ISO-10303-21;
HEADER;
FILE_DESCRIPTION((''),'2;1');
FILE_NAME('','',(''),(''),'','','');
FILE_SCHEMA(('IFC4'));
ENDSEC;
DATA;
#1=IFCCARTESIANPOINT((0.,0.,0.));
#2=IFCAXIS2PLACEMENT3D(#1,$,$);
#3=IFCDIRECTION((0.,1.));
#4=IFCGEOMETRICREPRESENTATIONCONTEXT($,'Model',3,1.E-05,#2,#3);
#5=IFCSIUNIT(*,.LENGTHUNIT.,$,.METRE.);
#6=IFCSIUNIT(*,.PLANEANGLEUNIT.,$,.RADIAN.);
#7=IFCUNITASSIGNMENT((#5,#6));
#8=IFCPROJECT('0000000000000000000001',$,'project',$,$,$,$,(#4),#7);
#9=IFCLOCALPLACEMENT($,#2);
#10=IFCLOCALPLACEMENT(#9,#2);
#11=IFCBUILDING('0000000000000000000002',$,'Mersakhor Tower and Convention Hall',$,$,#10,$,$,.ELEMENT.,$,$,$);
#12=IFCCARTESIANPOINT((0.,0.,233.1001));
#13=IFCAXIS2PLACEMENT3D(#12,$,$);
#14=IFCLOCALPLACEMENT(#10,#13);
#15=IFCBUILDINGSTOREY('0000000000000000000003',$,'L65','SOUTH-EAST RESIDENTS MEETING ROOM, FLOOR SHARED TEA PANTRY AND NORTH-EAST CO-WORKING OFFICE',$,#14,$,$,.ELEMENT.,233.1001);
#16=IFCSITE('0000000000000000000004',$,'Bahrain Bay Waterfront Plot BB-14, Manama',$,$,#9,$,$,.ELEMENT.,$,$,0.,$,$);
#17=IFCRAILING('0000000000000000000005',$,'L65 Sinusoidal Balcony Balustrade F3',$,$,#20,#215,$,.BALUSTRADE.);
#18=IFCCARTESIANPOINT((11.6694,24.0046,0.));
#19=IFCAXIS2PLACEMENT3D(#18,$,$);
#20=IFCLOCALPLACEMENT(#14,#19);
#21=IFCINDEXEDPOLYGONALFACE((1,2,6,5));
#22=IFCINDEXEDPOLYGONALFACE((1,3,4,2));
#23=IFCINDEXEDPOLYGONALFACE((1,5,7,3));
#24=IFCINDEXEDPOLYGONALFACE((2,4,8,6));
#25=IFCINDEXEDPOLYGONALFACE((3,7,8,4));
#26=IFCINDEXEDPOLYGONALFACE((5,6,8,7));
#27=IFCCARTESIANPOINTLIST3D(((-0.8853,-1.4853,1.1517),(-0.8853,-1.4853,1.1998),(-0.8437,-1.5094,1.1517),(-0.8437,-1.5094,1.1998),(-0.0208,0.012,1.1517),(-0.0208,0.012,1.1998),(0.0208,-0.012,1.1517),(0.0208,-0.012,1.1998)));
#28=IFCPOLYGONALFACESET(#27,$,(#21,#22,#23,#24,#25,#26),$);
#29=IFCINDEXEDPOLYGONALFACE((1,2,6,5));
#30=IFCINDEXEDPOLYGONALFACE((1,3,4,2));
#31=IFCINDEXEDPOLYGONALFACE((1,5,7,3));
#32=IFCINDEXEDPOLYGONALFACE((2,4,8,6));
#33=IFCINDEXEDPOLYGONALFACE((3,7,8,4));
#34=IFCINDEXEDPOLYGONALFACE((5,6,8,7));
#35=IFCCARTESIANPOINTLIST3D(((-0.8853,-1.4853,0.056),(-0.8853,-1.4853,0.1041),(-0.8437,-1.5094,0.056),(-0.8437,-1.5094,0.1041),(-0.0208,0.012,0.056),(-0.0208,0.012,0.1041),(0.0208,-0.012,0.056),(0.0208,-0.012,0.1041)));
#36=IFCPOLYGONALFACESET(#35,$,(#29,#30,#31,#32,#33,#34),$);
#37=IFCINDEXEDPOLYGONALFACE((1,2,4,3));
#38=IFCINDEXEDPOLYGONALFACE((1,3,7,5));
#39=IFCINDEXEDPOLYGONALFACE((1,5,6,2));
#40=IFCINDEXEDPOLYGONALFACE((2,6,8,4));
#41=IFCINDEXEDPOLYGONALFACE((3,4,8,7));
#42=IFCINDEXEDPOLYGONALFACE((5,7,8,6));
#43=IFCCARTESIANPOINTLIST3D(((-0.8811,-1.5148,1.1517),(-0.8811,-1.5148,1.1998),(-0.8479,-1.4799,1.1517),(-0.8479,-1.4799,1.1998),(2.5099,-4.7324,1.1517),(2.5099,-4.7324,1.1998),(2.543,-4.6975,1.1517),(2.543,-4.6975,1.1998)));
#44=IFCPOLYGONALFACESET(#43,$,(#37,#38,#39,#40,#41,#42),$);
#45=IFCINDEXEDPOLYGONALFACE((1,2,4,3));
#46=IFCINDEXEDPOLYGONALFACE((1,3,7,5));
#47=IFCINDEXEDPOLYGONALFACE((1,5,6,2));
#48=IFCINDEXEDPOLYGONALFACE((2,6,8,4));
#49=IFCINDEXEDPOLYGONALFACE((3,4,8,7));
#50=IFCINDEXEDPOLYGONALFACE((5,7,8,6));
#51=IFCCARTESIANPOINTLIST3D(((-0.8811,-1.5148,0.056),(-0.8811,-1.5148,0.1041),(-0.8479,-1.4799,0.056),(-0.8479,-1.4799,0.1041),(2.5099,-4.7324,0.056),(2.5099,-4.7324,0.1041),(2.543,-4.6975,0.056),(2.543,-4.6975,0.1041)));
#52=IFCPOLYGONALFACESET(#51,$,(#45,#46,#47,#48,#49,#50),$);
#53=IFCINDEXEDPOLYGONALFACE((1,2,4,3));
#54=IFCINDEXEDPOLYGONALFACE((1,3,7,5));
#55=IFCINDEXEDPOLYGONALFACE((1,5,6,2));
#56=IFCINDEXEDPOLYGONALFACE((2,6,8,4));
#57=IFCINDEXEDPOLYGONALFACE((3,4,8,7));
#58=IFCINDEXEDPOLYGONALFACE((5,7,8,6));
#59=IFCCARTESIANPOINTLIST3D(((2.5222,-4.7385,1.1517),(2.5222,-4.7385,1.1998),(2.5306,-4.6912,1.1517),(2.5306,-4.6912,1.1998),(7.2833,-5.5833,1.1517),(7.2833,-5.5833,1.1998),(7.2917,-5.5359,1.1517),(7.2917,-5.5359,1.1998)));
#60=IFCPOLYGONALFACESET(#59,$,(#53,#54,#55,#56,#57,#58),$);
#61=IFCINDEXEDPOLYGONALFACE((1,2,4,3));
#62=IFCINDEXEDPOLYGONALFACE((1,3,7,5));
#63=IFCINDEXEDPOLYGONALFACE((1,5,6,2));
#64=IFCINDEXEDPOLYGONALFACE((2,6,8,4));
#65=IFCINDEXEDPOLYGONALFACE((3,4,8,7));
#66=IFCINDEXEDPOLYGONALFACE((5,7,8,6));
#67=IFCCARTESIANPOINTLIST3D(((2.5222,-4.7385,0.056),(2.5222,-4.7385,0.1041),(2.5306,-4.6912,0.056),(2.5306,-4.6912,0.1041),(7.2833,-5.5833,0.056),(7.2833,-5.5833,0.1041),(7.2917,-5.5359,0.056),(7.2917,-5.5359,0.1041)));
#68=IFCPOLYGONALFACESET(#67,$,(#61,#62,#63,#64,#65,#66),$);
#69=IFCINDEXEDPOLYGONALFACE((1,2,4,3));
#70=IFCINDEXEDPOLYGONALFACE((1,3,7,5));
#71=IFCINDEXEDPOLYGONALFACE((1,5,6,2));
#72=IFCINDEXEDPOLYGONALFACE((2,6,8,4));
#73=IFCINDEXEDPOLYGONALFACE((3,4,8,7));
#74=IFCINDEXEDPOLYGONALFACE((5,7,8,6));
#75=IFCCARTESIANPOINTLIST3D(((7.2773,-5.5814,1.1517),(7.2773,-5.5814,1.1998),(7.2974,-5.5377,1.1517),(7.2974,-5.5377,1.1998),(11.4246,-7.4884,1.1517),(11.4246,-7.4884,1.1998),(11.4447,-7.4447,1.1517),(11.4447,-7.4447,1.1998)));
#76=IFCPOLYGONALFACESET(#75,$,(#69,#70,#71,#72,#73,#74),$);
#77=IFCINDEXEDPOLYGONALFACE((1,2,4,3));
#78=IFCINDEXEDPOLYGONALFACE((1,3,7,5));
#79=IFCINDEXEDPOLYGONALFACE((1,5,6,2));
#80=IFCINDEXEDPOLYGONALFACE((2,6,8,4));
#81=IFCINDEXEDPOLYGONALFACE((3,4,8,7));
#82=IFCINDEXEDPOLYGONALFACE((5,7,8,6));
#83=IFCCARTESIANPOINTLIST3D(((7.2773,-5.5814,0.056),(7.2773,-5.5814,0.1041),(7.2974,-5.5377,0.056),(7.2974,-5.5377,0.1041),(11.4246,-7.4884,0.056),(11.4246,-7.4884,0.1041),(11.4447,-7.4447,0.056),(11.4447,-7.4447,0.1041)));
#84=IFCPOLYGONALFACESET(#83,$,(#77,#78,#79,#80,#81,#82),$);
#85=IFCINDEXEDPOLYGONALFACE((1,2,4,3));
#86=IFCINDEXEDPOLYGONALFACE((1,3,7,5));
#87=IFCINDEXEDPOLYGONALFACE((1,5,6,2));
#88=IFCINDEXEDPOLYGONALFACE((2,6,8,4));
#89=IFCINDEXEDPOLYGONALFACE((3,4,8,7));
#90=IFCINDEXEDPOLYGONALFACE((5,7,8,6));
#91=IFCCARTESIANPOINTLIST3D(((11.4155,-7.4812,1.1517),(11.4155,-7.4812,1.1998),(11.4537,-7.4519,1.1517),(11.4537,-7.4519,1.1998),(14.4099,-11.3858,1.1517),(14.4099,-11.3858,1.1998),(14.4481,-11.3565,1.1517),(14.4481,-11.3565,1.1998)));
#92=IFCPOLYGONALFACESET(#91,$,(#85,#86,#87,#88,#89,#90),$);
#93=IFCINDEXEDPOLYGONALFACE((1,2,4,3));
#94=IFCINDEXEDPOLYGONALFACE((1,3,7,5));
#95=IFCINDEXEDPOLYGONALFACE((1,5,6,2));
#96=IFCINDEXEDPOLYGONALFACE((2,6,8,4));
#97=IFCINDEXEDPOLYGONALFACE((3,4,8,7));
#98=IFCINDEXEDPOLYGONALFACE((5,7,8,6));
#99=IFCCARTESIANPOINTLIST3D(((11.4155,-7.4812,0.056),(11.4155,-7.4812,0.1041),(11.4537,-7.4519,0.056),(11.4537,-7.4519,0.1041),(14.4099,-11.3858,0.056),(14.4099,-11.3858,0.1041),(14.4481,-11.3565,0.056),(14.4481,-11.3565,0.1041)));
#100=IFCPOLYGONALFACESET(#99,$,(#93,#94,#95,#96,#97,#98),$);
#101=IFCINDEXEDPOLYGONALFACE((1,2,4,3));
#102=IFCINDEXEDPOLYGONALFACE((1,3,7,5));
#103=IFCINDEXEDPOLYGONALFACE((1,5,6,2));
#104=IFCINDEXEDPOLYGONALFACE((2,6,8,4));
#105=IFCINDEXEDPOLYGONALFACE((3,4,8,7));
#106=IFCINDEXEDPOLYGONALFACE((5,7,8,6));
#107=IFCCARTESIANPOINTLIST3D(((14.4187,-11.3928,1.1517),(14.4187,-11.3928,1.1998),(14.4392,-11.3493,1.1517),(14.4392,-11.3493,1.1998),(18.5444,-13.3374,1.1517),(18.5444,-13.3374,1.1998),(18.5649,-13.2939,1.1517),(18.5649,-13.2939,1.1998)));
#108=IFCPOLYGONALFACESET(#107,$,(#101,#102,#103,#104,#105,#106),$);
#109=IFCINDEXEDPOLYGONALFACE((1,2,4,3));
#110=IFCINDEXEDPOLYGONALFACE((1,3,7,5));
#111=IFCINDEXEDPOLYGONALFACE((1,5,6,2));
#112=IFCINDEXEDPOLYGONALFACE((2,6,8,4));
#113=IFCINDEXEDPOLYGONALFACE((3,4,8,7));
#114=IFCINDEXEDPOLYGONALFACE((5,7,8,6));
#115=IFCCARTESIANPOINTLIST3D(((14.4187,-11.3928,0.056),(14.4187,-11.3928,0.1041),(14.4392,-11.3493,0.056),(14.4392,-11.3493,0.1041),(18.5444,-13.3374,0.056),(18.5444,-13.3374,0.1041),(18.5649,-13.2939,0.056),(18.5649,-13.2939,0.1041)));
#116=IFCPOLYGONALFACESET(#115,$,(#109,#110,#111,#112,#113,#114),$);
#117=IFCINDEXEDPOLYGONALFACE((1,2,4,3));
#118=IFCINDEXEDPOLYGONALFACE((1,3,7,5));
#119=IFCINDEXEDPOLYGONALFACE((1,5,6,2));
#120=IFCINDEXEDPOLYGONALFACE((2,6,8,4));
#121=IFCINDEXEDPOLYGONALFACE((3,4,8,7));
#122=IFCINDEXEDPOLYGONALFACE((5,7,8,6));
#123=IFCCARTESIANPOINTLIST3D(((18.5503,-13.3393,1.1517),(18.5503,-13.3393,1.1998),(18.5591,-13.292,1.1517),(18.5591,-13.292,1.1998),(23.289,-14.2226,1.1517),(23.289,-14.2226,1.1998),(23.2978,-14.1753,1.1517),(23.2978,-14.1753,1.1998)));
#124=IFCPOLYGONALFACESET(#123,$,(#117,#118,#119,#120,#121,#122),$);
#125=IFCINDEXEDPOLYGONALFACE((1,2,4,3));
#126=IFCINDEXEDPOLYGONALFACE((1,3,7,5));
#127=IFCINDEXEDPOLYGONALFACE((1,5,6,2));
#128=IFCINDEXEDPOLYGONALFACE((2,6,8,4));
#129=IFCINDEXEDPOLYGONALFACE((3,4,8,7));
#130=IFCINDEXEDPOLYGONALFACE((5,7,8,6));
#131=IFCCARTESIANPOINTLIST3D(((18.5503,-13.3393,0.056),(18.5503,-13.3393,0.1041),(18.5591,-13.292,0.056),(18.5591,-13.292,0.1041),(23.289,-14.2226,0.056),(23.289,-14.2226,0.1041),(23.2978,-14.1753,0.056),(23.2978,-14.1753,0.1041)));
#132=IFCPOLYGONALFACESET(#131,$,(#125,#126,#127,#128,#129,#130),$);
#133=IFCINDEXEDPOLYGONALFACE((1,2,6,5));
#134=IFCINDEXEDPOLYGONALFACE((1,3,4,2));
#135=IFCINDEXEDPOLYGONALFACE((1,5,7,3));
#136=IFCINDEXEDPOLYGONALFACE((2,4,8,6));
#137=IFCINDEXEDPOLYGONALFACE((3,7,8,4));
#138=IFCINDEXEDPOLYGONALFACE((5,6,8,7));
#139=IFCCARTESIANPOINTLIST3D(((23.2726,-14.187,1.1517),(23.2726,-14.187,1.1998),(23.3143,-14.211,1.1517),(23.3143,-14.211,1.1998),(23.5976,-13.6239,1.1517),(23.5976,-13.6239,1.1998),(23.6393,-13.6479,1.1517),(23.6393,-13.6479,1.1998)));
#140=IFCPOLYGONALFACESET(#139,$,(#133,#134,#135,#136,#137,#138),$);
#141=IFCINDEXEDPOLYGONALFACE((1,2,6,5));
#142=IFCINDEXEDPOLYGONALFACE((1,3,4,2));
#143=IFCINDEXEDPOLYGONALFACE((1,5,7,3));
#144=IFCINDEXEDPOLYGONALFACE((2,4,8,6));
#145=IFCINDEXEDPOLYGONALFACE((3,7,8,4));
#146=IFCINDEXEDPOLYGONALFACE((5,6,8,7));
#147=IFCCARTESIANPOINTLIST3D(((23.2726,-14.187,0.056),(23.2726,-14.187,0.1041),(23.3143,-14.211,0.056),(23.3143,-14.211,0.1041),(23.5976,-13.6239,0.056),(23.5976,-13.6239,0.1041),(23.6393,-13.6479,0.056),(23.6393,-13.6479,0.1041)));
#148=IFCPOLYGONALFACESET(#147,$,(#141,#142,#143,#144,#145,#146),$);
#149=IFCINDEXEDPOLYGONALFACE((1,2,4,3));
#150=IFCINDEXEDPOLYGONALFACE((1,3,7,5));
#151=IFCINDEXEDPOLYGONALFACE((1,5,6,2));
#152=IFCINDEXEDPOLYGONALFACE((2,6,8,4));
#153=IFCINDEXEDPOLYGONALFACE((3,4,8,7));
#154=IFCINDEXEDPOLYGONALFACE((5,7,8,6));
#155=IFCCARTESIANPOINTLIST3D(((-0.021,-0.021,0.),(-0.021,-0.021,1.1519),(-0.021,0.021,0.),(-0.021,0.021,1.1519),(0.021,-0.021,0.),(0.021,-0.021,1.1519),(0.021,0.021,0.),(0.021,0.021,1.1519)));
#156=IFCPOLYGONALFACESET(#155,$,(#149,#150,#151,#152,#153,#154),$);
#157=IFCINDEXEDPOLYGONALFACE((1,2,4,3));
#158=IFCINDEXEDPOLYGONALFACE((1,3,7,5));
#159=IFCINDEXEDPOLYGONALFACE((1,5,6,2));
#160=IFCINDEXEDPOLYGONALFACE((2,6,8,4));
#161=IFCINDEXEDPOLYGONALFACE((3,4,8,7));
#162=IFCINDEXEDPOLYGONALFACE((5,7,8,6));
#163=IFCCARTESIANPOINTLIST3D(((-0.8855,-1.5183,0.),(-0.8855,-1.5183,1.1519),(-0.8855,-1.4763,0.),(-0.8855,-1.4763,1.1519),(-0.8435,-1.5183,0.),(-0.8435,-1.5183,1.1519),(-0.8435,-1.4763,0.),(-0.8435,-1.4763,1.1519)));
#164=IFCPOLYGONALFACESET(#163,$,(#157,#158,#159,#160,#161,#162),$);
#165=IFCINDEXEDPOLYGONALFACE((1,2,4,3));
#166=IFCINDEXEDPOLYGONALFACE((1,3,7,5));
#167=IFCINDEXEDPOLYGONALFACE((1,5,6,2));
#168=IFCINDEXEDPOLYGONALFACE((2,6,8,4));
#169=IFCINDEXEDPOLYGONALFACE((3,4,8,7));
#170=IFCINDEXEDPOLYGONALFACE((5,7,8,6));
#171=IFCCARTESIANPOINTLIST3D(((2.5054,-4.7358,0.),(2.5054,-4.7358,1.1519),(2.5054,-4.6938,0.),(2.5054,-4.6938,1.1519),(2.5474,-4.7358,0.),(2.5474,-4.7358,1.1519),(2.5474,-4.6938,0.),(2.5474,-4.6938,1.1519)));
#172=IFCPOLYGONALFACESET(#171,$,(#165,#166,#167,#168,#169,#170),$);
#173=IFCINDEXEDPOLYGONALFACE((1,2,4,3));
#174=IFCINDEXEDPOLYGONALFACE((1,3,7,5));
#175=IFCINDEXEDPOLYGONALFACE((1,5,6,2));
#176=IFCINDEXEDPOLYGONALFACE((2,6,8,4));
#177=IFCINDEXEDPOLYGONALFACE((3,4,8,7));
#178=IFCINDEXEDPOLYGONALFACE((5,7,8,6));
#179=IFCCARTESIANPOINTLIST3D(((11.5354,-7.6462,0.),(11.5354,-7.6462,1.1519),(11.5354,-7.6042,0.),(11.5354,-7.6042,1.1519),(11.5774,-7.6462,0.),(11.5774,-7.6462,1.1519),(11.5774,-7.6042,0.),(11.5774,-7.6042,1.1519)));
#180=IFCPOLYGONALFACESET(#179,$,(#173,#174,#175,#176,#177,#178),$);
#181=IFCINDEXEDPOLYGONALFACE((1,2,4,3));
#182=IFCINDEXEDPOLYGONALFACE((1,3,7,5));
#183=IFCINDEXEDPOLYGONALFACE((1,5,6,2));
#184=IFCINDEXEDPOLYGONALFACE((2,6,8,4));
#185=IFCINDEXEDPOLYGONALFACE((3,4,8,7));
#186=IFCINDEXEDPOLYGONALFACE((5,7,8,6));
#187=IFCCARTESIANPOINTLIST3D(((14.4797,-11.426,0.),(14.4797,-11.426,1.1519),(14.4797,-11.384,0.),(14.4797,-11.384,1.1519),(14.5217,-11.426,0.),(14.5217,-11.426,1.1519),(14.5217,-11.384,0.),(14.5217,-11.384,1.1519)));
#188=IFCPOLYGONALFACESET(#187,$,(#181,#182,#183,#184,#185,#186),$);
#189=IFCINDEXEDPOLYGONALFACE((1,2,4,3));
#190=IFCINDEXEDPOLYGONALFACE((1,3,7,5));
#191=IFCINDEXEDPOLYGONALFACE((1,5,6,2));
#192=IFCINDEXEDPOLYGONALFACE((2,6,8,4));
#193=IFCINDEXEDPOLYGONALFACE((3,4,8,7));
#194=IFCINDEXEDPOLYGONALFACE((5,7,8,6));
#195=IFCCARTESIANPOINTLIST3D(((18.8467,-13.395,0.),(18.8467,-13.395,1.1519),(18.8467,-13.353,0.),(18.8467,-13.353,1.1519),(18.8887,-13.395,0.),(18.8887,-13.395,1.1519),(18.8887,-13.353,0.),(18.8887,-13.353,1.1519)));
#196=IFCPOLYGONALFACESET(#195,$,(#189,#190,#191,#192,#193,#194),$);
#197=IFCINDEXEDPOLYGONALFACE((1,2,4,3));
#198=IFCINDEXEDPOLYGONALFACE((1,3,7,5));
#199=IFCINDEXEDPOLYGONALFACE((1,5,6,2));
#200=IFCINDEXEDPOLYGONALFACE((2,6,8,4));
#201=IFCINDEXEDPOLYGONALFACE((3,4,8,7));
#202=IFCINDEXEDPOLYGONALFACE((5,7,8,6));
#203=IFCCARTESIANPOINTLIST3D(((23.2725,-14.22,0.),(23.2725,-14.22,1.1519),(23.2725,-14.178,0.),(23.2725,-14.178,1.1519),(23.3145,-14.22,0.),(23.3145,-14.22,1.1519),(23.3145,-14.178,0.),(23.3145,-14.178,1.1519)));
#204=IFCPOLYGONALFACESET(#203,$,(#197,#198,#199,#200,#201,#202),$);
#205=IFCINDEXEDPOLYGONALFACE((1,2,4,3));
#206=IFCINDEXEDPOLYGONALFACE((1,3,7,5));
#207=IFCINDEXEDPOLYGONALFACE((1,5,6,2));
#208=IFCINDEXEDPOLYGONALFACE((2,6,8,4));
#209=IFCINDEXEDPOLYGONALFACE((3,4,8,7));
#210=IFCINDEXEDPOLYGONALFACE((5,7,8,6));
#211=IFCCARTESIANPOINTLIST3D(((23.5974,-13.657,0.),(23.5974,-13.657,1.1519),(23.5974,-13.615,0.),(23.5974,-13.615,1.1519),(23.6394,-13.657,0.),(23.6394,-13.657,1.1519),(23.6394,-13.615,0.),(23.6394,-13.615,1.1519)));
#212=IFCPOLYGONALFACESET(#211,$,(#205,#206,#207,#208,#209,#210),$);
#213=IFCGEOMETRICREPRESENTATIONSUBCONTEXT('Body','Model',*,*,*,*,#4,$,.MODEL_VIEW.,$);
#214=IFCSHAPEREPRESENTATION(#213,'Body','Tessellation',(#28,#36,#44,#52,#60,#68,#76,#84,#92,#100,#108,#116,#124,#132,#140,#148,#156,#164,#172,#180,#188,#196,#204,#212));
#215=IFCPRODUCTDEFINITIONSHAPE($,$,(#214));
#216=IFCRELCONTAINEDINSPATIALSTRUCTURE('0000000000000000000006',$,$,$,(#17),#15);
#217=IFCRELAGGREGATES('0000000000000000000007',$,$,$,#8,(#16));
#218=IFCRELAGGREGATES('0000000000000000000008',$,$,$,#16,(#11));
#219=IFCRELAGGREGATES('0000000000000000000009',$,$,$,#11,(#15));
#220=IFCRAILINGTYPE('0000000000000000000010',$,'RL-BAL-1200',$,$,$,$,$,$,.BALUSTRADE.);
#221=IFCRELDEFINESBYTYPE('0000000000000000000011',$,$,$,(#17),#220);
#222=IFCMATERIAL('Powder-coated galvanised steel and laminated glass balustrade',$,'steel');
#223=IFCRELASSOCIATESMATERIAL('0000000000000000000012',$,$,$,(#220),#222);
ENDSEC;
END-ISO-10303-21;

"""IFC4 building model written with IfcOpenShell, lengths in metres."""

from ifc_helpers import new_model, si_unit, direction, frame, origin, origin_2d, place, context, subcontext, project, spatial, rectangle, extrude, material, type_object, element, save


model = new_model("IFC4")

# Units and contexts
model_context = context("Model", 3, precision=1e-05, world=origin(), true_north=direction((0.0, 1.0)))
body_context = subcontext(model_context, "Body", "Model", "MODEL_VIEW")
ifc_project = project(units=[si_unit("LENGTHUNIT", "METRE"), si_unit("PLANEANGLEUNIT", "RADIAN")], contexts=[model_context])

# Site, building, storey
site_placement = place(None, origin())
site = spatial("IfcSite", under=ifc_project, at=site_placement, Name="Bahrain Bay Waterfront Plot BB-14, Manama", CompositionType="ELEMENT", RefElevation=0.0)
building_placement = place(site_placement, origin())
building = spatial("IfcBuilding", under=site, at=building_placement, Name="Mersakhor Tower and Convention Hall", CompositionType="ELEMENT")
storey_placement = place(building_placement, frame((0.0, 0.0, 233.1001)))
storey = spatial("IfcBuildingStorey", under=building, at=storey_placement, Name="L65", Description="SOUTH-EAST RESIDENTS MEETING ROOM, FLOOR SHARED TEA PANTRY AND NORTH-EAST CO-WORKING OFFICE", CompositionType="ELEMENT", Elevation=233.1001)

# Railing
ifc_material_1 = material(Name="Powder-coated galvanised steel and laminated glass balustrade", Category="steel")
railing_type = type_object("IfcRailingType", Name="RL-BAL-1200", PredefinedType="BALUSTRADE", material=ifc_material_1)
railing_placement = place(storey_placement, frame((11.6694, 24.0046, 0.0)))
element("IfcRailing", 1, at=railing_placement, inside=storey, type_object=railing_type, Name="L65 Sinusoidal Balcony Balustrade F3", PredefinedType="BALUSTRADE", context=body_context, shape_type="SweptSolid", body=[
    extrude(rectangle(XDim=0.0481, YDim=0.0481, at=origin_2d()), frame((0.0, 0.0, 1.1758), z_axis=(-0.500012, -0.866019, 0.0), x_axis=(0.866019, -0.500012, 0.0)), (0.0, 0.0, 1.0), 1.729),
    extrude(rectangle(XDim=0.0481, YDim=0.0481, at=origin_2d()), frame((0.0, 0.0, 0.0801), z_axis=(-0.500012, -0.866019, 0.0), x_axis=(0.866019, -0.500012, 0.0)), (0.0, 0.0, 1.0), 1.729),
    extrude(rectangle(XDim=0.0481, YDim=0.0481, at=origin_2d()), frame((-0.8645, -1.4973, 1.1758), z_axis=(0.725405, -0.688322, 0.0), x_axis=(0.688322, 0.725405, 0.0)), (0.0, 0.0, 1.0), 4.6746),
    extrude(rectangle(XDim=0.0481, YDim=0.0481, at=origin_2d()), frame((-0.8645, -1.4973, 0.0801), z_axis=(0.725405, -0.688322, 0.0), x_axis=(0.688322, 0.725405, 0.0)), (0.0, 0.0, 1.0), 4.6746),
    extrude(rectangle(XDim=0.0481, YDim=0.0481, at=origin_2d()), frame((2.5264, -4.7148, 1.1758), z_axis=(0.984622, -0.174698, 0.0), x_axis=(0.174698, 0.984622, 0.0)), (0.0, 0.0, 1.0), 4.8354),
    extrude(rectangle(XDim=0.0481, YDim=0.0481, at=origin_2d()), frame((2.5264, -4.7148, 0.0801), z_axis=(0.984622, -0.174698, 0.0), x_axis=(0.174698, 0.984622, 0.0)), (0.0, 0.0, 1.0), 4.8354),
    extrude(rectangle(XDim=0.0481, YDim=0.0481, at=origin_2d()), frame((7.2874, -5.5596, 1.1758), z_axis=(0.908552, -0.417772, 0.0), x_axis=(0.417772, 0.908552, 0.0)), (0.0, 0.0, 1.0), 4.5647),
    extrude(rectangle(XDim=0.0481, YDim=0.0481, at=origin_2d()), frame((7.2874, -5.5596, 0.0801), z_axis=(0.908552, -0.417772, 0.0), x_axis=(0.417772, 0.908552, 0.0)), (0.0, 0.0, 1.0), 4.5647),
    extrude(rectangle(XDim=0.0481, YDim=0.0481, at=origin_2d()), frame((11.4346, -7.4666, 1.1758), z_axis=(0.608547, -0.793518, 0.0), x_axis=(0.793518, 0.608547, 0.0)), (0.0, 0.0, 1.0), 4.9207),
    extrude(rectangle(XDim=0.0481, YDim=0.0481, at=origin_2d()), frame((11.4346, -7.4666, 0.0801), z_axis=(0.608547, -0.793518, 0.0), x_axis=(0.793518, 0.608547, 0.0)), (0.0, 0.0, 1.0), 4.9207),
    extrude(rectangle(XDim=0.0481, YDim=0.0481, at=origin_2d()), frame((14.429, -11.3711, 1.1758), z_axis=(0.90456, -0.426346, 0.0), x_axis=(0.426346, 0.90456, 0.0)), (0.0, 0.0, 1.0), 4.561),
    extrude(rectangle(XDim=0.0481, YDim=0.0481, at=origin_2d()), frame((14.429, -11.3711, 0.0801), z_axis=(0.90456, -0.426346, 0.0), x_axis=(0.426346, 0.90456, 0.0)), (0.0, 0.0, 1.0), 4.561),
    extrude(rectangle(XDim=0.0481, YDim=0.0481, at=origin_2d()), frame((18.5547, -13.3157, 1.1758), z_axis=(0.983068, -0.183243, 0.0), x_axis=(0.183243, 0.983068, 0.0)), (0.0, 0.0, 1.0), 4.8203),
    extrude(rectangle(XDim=0.0481, YDim=0.0481, at=origin_2d()), frame((18.5547, -13.3157, 0.0801), z_axis=(0.983068, -0.183243, 0.0), x_axis=(0.183243, 0.983068, 0.0)), (0.0, 0.0, 1.0), 4.8203),
    extrude(rectangle(XDim=0.0481, YDim=0.0481, at=origin_2d()), frame((23.2935, -14.199, 1.1758), z_axis=(0.499896, 0.866086, 0.0), x_axis=(-0.866086, 0.499896, 0.0)), (0.0, 0.0, 1.0), 0.6501),
    extrude(rectangle(XDim=0.0481, YDim=0.0481, at=origin_2d()), frame((23.2935, -14.199, 0.0801), z_axis=(0.499896, 0.866086, 0.0), x_axis=(-0.866086, 0.499896, 0.0)), (0.0, 0.0, 1.0), 0.6501),
    extrude(rectangle(XDim=0.042, YDim=0.042, at=origin_2d()), origin(), (0.0, 0.0, 1.0), 1.1519),
    extrude(rectangle(XDim=0.042, YDim=0.042, at=origin_2d()), frame((-0.8645, -1.4973, 0.0)), (0.0, 0.0, 1.0), 1.1519),
    extrude(rectangle(XDim=0.042, YDim=0.042, at=origin_2d()), frame((2.5264, -4.7148, 0.0)), (0.0, 0.0, 1.0), 1.1519),
    extrude(rectangle(XDim=0.042, YDim=0.042, at=origin_2d()), frame((11.5564, -7.6252, 0.0)), (0.0, 0.0, 1.0), 1.1519),
    extrude(rectangle(XDim=0.042, YDim=0.042, at=origin_2d()), frame((14.5007, -11.405, 0.0)), (0.0, 0.0, 1.0), 1.1519),
    extrude(rectangle(XDim=0.042, YDim=0.042, at=origin_2d()), frame((18.8677, -13.374, 0.0)), (0.0, 0.0, 1.0), 1.1519),
    extrude(rectangle(XDim=0.042, YDim=0.042, at=origin_2d()), frame((23.2935, -14.199, 0.0)), (0.0, 0.0, 1.0), 1.1519),
    extrude(rectangle(XDim=0.042, YDim=0.042, at=origin_2d()), frame((23.6184, -13.636, 0.0)), (0.0, 0.0, 1.0), 1.1519),
])

save(model, "model.ifc")
